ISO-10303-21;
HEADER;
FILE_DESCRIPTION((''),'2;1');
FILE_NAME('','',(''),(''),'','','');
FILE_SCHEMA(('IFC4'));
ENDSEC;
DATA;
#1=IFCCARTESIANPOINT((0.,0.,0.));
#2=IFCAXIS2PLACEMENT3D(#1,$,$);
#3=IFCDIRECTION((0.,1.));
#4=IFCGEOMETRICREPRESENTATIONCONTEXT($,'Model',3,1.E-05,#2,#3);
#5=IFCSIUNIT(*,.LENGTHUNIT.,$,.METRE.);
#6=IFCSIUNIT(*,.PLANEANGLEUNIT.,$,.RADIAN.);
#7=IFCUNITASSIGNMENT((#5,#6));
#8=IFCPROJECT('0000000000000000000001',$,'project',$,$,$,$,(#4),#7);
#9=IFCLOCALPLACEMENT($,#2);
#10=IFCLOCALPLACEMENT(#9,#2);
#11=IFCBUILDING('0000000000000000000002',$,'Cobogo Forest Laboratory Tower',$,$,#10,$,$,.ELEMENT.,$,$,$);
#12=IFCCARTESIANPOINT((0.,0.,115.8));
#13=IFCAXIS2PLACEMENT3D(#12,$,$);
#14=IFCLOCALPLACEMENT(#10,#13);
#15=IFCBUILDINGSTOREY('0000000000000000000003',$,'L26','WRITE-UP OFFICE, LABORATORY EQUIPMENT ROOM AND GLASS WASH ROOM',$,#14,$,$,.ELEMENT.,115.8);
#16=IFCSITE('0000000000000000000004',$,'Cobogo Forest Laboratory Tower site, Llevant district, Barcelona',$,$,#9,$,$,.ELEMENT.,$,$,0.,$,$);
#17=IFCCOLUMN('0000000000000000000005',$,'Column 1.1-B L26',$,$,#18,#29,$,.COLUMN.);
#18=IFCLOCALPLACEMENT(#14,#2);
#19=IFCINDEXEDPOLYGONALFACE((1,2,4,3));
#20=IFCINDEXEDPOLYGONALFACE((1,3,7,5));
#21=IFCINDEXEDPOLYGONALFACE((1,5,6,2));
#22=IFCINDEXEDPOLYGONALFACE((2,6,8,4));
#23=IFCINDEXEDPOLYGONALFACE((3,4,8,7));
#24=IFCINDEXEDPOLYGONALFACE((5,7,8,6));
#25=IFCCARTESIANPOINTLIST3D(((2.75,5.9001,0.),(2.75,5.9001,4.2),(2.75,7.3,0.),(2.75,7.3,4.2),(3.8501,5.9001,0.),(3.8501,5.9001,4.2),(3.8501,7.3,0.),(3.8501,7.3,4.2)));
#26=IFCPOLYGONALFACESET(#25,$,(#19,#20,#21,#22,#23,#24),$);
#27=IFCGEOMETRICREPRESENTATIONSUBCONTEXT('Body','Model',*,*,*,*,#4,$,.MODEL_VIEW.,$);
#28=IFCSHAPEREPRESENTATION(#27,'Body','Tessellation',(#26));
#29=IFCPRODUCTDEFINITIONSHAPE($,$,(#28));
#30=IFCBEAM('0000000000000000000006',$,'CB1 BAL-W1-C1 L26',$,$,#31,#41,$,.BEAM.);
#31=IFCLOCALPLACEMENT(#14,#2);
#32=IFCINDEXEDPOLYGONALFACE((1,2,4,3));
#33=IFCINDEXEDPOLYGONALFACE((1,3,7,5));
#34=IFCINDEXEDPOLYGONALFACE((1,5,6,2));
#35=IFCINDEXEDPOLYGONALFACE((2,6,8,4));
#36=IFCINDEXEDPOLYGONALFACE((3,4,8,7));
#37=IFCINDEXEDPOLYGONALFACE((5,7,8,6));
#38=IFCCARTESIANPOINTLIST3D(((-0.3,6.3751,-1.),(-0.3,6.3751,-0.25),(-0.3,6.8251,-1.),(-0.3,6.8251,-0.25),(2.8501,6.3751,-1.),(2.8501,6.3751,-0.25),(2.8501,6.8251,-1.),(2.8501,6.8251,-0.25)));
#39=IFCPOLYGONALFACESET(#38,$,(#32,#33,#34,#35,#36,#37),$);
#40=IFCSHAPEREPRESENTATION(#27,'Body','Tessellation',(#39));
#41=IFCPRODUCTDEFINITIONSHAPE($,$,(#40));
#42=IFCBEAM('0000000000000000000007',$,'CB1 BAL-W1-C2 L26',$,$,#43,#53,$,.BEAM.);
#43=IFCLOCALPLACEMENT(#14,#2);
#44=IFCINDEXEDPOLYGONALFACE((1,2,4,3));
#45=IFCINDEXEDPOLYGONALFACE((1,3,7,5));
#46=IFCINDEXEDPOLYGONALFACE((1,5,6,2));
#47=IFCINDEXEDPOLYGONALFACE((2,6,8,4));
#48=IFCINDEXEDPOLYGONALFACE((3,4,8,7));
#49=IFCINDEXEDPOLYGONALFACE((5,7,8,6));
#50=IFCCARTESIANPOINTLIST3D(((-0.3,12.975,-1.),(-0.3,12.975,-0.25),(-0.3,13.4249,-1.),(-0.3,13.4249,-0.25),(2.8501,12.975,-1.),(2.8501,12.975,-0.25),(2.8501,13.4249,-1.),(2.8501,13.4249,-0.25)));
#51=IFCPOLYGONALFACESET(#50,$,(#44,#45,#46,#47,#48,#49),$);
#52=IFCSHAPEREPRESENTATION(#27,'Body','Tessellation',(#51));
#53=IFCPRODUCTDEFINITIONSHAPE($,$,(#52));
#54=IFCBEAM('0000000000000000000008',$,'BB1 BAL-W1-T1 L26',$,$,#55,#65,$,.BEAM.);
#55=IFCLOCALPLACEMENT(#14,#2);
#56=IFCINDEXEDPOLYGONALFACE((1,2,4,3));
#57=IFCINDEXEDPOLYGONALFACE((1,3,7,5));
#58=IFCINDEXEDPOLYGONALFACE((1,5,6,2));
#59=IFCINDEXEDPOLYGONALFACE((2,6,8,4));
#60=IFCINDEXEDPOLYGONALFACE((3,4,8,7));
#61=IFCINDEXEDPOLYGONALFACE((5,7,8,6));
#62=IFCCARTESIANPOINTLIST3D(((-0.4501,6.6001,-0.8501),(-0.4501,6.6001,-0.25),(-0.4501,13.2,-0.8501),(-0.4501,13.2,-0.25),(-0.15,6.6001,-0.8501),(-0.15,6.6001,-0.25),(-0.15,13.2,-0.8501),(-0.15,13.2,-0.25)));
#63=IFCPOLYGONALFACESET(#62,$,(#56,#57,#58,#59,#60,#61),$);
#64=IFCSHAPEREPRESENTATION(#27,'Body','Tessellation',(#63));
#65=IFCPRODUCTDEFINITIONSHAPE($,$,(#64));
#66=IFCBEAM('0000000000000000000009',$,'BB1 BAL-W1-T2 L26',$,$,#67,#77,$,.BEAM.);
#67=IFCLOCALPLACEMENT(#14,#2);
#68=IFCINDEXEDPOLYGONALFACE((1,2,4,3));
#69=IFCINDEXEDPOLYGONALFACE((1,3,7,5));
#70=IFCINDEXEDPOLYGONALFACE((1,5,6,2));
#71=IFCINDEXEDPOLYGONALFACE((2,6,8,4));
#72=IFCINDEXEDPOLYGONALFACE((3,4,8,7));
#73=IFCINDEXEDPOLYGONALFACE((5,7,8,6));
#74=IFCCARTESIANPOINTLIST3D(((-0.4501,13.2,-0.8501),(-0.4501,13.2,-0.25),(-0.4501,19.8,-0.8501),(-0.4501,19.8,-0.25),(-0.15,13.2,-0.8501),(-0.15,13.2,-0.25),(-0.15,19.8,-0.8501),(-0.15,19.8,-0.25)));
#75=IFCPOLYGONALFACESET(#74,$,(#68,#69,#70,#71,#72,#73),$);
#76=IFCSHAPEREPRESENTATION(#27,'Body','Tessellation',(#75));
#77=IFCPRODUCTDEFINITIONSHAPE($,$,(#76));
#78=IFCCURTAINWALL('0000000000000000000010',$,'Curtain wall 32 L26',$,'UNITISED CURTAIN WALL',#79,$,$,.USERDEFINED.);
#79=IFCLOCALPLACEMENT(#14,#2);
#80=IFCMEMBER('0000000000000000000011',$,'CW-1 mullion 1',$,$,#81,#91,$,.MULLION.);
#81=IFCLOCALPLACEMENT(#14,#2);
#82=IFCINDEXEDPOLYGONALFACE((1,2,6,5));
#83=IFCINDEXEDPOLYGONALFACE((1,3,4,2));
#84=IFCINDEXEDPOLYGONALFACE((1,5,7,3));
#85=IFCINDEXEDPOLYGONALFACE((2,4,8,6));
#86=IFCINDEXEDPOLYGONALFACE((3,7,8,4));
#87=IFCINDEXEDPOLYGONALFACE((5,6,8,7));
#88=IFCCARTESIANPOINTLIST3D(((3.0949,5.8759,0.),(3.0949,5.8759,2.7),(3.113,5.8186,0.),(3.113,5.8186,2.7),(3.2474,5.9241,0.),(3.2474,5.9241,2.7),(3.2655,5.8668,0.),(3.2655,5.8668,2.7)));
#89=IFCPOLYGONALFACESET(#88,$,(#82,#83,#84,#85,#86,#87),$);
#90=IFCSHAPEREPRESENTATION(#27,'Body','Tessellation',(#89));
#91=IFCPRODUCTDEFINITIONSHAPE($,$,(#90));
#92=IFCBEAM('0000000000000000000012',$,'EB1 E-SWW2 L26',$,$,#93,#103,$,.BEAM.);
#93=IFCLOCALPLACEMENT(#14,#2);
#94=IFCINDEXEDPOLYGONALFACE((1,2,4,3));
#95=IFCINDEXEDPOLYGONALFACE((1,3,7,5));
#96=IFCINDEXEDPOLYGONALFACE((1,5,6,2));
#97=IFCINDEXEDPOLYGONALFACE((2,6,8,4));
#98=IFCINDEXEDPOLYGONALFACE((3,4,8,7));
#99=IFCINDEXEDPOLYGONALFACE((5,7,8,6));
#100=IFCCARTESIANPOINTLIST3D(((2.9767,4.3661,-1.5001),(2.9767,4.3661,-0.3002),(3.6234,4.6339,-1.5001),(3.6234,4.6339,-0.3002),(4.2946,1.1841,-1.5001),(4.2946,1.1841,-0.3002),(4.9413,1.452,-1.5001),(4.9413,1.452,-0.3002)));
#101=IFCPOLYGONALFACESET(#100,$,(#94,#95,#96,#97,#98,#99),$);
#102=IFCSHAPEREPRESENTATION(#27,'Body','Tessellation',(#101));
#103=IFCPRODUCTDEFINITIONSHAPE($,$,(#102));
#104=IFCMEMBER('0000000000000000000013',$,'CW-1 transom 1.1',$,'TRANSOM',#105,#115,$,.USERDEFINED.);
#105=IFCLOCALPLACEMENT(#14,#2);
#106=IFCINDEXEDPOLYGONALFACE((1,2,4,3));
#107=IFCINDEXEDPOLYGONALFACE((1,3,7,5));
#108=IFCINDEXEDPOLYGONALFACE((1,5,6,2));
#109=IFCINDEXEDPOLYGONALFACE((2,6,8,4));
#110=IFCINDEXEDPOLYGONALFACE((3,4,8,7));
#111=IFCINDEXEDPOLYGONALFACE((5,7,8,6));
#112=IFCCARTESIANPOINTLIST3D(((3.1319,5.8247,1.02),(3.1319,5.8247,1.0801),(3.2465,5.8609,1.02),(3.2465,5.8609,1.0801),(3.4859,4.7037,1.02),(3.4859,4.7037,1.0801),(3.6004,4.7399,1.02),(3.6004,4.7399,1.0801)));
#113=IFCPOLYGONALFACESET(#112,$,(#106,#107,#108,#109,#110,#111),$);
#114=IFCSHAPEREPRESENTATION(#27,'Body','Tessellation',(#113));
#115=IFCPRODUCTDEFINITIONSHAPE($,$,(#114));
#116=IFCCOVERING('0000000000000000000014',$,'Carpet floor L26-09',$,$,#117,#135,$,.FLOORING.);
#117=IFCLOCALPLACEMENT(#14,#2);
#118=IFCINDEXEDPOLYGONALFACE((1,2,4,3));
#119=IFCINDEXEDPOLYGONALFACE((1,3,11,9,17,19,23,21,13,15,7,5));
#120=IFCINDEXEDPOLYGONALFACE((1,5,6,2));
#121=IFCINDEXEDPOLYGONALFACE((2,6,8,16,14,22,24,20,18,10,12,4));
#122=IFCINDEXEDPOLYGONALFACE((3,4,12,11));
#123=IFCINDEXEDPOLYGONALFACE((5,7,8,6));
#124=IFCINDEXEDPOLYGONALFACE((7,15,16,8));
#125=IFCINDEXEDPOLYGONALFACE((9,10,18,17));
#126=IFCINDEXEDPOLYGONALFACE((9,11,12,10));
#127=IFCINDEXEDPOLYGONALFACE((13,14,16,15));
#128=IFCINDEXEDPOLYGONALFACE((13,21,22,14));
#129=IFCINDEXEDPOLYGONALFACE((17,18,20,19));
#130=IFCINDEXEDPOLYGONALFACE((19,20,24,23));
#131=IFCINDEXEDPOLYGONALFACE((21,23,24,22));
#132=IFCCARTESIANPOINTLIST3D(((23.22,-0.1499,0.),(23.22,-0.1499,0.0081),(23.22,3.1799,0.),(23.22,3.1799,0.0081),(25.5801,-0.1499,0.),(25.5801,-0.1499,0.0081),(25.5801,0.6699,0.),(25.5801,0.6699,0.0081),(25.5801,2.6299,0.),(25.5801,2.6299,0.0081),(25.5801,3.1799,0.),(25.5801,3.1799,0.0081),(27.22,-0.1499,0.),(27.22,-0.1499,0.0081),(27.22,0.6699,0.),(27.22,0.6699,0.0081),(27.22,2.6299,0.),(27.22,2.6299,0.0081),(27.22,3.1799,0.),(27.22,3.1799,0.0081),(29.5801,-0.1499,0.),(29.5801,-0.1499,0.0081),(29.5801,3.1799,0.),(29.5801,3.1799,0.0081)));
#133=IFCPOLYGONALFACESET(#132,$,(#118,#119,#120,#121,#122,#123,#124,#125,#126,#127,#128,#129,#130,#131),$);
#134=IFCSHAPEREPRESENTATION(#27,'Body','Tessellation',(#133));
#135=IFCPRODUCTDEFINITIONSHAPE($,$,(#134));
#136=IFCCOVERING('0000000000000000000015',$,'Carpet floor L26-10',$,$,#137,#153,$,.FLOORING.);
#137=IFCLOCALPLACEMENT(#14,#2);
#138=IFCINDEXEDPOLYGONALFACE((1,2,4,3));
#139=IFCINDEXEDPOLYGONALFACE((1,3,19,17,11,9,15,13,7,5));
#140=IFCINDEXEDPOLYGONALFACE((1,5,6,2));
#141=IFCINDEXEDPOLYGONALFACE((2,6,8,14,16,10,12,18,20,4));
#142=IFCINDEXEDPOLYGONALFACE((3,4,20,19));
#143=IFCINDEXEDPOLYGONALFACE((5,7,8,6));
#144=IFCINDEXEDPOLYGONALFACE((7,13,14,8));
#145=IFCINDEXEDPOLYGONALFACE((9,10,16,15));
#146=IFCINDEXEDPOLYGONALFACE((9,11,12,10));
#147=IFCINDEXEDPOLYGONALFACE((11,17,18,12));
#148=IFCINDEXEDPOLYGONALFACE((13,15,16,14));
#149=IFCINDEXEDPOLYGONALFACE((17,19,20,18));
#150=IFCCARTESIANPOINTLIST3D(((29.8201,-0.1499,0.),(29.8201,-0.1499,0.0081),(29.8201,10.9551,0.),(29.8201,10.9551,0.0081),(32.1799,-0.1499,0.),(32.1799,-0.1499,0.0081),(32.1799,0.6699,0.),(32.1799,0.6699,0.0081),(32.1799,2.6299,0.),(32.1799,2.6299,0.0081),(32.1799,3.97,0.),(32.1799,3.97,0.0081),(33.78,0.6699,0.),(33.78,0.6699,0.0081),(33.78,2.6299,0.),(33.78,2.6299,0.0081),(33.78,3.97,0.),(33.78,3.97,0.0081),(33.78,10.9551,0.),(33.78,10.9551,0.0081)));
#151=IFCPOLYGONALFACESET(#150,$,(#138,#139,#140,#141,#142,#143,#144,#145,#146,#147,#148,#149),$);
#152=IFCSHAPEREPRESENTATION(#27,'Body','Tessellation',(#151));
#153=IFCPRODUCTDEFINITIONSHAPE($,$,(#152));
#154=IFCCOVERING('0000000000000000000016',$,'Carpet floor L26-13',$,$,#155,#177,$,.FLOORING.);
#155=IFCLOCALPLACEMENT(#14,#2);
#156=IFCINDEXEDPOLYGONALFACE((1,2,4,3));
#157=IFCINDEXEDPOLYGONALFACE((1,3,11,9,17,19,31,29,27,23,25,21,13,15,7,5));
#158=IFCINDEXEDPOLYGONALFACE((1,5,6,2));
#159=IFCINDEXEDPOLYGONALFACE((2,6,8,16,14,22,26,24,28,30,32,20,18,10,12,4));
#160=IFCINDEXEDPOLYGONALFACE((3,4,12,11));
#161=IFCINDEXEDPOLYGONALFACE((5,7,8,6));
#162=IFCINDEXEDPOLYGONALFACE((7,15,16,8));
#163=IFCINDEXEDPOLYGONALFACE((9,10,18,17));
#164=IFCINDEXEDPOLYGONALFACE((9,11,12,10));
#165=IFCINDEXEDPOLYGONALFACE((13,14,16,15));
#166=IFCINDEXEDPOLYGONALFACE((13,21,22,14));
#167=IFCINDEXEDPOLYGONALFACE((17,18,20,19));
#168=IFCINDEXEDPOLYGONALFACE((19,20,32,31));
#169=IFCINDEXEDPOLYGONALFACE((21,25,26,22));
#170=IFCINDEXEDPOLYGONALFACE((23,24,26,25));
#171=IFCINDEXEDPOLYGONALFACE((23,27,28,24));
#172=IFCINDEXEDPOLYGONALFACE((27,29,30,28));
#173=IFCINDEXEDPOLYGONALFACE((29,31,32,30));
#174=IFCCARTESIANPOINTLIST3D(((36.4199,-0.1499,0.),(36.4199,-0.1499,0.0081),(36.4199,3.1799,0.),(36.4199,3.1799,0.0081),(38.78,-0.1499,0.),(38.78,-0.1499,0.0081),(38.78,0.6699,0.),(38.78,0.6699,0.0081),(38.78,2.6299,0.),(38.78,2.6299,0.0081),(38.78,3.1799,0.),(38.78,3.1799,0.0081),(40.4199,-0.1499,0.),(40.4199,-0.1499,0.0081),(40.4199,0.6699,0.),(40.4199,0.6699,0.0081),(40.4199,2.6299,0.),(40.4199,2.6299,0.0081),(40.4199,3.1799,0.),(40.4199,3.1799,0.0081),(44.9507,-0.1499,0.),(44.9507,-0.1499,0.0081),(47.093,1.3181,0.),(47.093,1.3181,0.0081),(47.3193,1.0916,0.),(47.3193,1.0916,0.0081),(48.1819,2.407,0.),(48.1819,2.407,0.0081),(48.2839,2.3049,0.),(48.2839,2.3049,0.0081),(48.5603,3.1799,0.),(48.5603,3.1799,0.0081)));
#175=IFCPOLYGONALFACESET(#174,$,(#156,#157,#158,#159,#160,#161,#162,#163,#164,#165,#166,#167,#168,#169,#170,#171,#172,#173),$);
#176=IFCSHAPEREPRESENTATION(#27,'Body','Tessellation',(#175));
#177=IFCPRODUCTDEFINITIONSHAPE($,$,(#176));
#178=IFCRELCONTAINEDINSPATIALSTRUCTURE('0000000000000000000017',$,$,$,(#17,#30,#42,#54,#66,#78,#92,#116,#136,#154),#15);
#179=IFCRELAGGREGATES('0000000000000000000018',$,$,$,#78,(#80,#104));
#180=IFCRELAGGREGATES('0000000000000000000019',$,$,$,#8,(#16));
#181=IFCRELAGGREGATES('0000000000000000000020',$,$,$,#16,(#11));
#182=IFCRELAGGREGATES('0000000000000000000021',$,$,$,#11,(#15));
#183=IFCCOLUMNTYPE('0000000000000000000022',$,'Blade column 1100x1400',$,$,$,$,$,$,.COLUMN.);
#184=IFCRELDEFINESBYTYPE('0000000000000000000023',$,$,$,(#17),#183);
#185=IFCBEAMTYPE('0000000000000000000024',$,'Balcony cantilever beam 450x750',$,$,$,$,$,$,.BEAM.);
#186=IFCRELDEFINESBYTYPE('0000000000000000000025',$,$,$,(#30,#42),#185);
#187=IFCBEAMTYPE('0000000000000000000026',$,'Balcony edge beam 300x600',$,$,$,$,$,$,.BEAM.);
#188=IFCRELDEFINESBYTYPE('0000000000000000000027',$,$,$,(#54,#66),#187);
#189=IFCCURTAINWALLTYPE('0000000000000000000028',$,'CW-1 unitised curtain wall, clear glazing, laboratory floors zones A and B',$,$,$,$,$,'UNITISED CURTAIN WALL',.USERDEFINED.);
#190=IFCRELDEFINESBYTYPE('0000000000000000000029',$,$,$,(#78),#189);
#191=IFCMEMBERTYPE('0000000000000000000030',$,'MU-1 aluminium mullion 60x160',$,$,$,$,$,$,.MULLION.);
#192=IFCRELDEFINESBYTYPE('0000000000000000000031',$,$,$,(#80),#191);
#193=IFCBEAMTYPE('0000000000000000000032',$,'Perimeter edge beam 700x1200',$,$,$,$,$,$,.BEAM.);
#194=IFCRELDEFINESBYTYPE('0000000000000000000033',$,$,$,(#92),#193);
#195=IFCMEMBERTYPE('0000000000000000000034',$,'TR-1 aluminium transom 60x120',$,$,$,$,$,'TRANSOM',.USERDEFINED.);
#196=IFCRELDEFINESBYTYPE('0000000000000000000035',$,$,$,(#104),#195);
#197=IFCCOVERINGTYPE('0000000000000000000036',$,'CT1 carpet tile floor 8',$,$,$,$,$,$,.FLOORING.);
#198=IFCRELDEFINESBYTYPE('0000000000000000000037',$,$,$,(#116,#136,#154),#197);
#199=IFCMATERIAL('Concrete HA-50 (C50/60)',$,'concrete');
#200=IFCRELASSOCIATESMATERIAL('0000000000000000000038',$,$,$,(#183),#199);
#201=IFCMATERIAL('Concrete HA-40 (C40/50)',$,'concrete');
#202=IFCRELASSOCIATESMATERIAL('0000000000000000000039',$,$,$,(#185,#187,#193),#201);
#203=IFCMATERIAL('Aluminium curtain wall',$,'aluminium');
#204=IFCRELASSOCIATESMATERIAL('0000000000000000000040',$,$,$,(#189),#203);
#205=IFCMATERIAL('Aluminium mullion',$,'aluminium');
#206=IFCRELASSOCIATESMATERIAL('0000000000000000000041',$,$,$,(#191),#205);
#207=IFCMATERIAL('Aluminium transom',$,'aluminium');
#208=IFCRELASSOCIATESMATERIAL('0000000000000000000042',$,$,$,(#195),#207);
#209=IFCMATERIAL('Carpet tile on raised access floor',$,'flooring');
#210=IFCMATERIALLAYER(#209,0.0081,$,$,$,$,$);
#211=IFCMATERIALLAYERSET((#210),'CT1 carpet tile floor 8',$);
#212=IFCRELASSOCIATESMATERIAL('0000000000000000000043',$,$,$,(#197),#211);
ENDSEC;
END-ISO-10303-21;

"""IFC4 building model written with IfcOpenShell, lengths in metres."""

from ifc_helpers import new_model, si_unit, direction, frame, origin, origin_2d, place, context, subcontext, project, spatial, polyline, rectangle, outline, extrude, material, layer, layer_set, material_profile, profile_set, type_object, element, aggregate, save


model = new_model("IFC4")

# Units and contexts
model_context = context("Model", 3, precision=1e-05, world=origin(), true_north=direction((0.0, 1.0)))
body_context = subcontext(model_context, "Body", "Model", "MODEL_VIEW")
ifc_project = project(units=[si_unit("LENGTHUNIT", "METRE"), si_unit("PLANEANGLEUNIT", "RADIAN")], contexts=[model_context])

# Site, building, storey
site_placement = place(None, origin())
site = spatial("IfcSite", under=ifc_project, at=site_placement, Name="Cobogo Forest Laboratory Tower site, Llevant district, Barcelona", CompositionType="ELEMENT", RefElevation=0.0)
building_placement = place(site_placement, origin())
building = spatial("IfcBuilding", under=site, at=building_placement, Name="Cobogo Forest Laboratory Tower", CompositionType="ELEMENT")
storey_placement = place(building_placement, frame((0.0, 0.0, 115.8)))
storey = spatial("IfcBuildingStorey", under=building, at=storey_placement, Name="L26", Description="WRITE-UP OFFICE, LABORATORY EQUIPMENT ROOM AND GLASS WASH ROOM", CompositionType="ELEMENT", Elevation=115.8)

# Column
ifc_material_1 = material(Name="Concrete HA-50 (C50/60)", Category="concrete")
ifc_material_profile_1 = material_profile(ifc_material_1, rectangle(XDim=1.3999, YDim=1.1001, at=origin_2d()), Name="RC 1100x1400")
ifc_profile_set_1 = profile_set([ifc_material_profile_1], Name="Concrete HA-50 (C50/60)")
column_type = type_object("IfcColumnType", Name="Blade column 1100x1400", PredefinedType="COLUMN", material=ifc_profile_set_1)
column_placement = place(storey_placement, frame((3.3, 6.6001, 0.0), z_axis=(0.0, 0.0, 1.0), x_axis=(0.0, 1.0, 0.0)))
element("IfcColumn", 1, at=column_placement, inside=storey, type_object=column_type, Name="Column 1.1-B L26", PredefinedType="COLUMN", context=body_context, shape_type="SweptSolid", body=[
    extrude(rectangle(XDim=1.3999, YDim=1.1001, at=origin_2d()), origin(), (0.0, 0.0, 1.0), 4.2),
])

# Beams
ifc_material_2 = material(Name="Concrete HA-40 (C40/50)", Category="concrete")
ifc_material_profile_2 = material_profile(ifc_material_2, rectangle(XDim=0.45, YDim=0.75, at=origin_2d()), Name="RC 450x750")
ifc_profile_set_2 = profile_set([ifc_material_profile_2], Name="Concrete HA-40 (C40/50)")
beam_type_1 = type_object("IfcBeamType", Name="Balcony cantilever beam 450x750", PredefinedType="BEAM", material=ifc_profile_set_2)
for number, where, z_axis, x_axis, name in (
    (2, (2.8501, 6.6001, -0.625), (-1.0, 0.0, 0.0), (0.0, -1.0, 0.0), "CB1 BAL-W1-C1 L26"),
    (3, (2.8501, 13.2, -0.625), (-1.0, 0.0, 0.0), (0.0, -1.0, 0.0), "CB1 BAL-W1-C2 L26"),
):
    element("IfcBeam", number, at=place(storey_placement, frame(where, z_axis=z_axis, x_axis=x_axis)), inside=storey, type_object=beam_type_1, Name=name, PredefinedType="BEAM", context=body_context, shape_type="SweptSolid", body=[
        extrude(rectangle(XDim=0.45, YDim=0.75, at=origin_2d()), origin(), (0.0, 0.0, 1.0), 3.1501),
    ])
ifc_material_profile_3 = material_profile(ifc_material_2, rectangle(XDim=0.3, YDim=0.6001, at=origin_2d()), Name="RC 300x600")
ifc_profile_set_3 = profile_set([ifc_material_profile_3], Name="Concrete HA-40 (C40/50)")
beam_type_2 = type_object("IfcBeamType", Name="Balcony edge beam 300x600", PredefinedType="BEAM", material=ifc_profile_set_3)
beam_1_placement = place(storey_placement, frame((-0.3, 6.6001, -0.55), z_axis=(0.0, 1.0, 0.0), x_axis=(-1.0, 0.0, 0.0)))
element("IfcBeam", 4, at=beam_1_placement, inside=storey, type_object=beam_type_2, Name="BB1 BAL-W1-T1 L26", PredefinedType="BEAM", context=body_context, shape_type="SweptSolid", body=[
    extrude(rectangle(XDim=0.3, YDim=0.6001, at=origin_2d()), origin(), (0.0, 0.0, 1.0), 6.5999),
])
beam_2_placement = place(storey_placement, frame((-0.3, 13.2, -0.55), z_axis=(0.0, 1.0, 0.0), x_axis=(-1.0, 0.0, 0.0)))
element("IfcBeam", 5, at=beam_2_placement, inside=storey, type_object=beam_type_2, Name="BB1 BAL-W1-T2 L26", PredefinedType="BEAM", context=body_context, shape_type="SweptSolid", body=[
    extrude(rectangle(XDim=0.3, YDim=0.6001, at=origin_2d()), origin(), (0.0, 0.0, 1.0), 6.6001),
])

# Curtain wall, member
ifc_material_3 = material(Name="Aluminium curtain wall", Category="aluminium")
curtain_wall_type = type_object("IfcCurtainWallType", Name="CW-1 unitised curtain wall, clear glazing, laboratory floors zones A and B", ElementType="UNITISED CURTAIN WALL", PredefinedType="USERDEFINED", material=ifc_material_3)
curtain_wall_placement = place(storey_placement, origin())
curtain_wall = element("IfcCurtainWall", 6, at=curtain_wall_placement, inside=storey, type_object=curtain_wall_type, Name="Curtain wall 32 L26", ObjectType="UNITISED CURTAIN WALL", PredefinedType="USERDEFINED")
ifc_material_4 = material(Name="Aluminium mullion", Category="aluminium")
ifc_material_profile_4 = material_profile(ifc_material_4, rectangle(XDim=0.0601, YDim=0.1599, at=origin_2d()), Name="AL 60x160")
ifc_profile_set_4 = profile_set([ifc_material_profile_4], Name="Aluminium mullion")
member_type_1 = type_object("IfcMemberType", Name="MU-1 aluminium mullion 60x160", PredefinedType="MULLION", material=ifc_profile_set_4)
member_1_placement = place(storey_placement, frame((3.1802, 5.8713, 0.0), z_axis=(0.0, 0.0, 1.0), x_axis=(0.301135, -0.953581, 0.0)))
member_1 = element("IfcMember", 7, at=member_1_placement, type_object=member_type_1, Name="CW-1 mullion 1", PredefinedType="MULLION", context=body_context, shape_type="SweptSolid", body=[
    extrude(rectangle(XDim=0.0601, YDim=0.1599, at=origin_2d()), origin(), (0.0, 0.0, 1.0), 2.7),
])

# Beam
ifc_material_profile_5 = material_profile(ifc_material_2, rectangle(XDim=0.7, YDim=1.2, at=origin_2d()), Name="RC 700x1200")
ifc_profile_set_5 = profile_set([ifc_material_profile_5], Name="Concrete HA-40 (C40/50)")
beam_type_3 = type_object("IfcBeamType", Name="Perimeter edge beam 700x1200", PredefinedType="BEAM", material=ifc_profile_set_5)
beam_3_placement = place(storey_placement, frame((3.3, 4.5, -0.9001), z_axis=(0.382656, -0.923891, 0.0), x_axis=(0.923891, 0.382656, 0.0)))
element("IfcBeam", 8, at=beam_3_placement, inside=storey, type_object=beam_type_3, Name="EB1 E-SWW2 L26", PredefinedType="BEAM", context=body_context, shape_type="SweptSolid", body=[
    extrude(rectangle(XDim=0.7, YDim=1.2, at=origin_2d()), origin(), (0.0, 0.0, 1.0), 3.4441),
])

# Member
ifc_material_5 = material(Name="Aluminium transom", Category="aluminium")
ifc_material_profile_6 = material_profile(ifc_material_5, rectangle(XDim=0.1201, YDim=0.0601, at=origin_2d()), Name="AL 60x120")
ifc_profile_set_6 = profile_set([ifc_material_profile_6], Name="Aluminium transom")
member_type_2 = type_object("IfcMemberType", Name="TR-1 aluminium transom 60x120", ElementType="TRANSOM", PredefinedType="USERDEFINED", material=ifc_profile_set_6)
member_2_placement = place(storey_placement, frame((3.1892, 5.8428, 1.05), z_axis=(0.301111, -0.953589, 0.0), x_axis=(0.953589, 0.301111, 0.0)))
member_2 = element("IfcMember", 9, at=member_2_placement, type_object=member_type_2, Name="CW-1 transom 1.1", ObjectType="TRANSOM", PredefinedType="USERDEFINED", context=body_context, shape_type="SweptSolid", body=[
    extrude(rectangle(XDim=0.1201, YDim=0.0601, at=origin_2d()), origin(), (0.0, 0.0, 1.0), 1.1755),
])
aggregate(curtain_wall, [member_1, member_2])

# Coverings
ifc_material_6 = material(Name="Carpet tile on raised access floor", Category="flooring")
ifc_layer_1 = layer(ifc_material_6, 0.0081)
ifc_layer_set_1 = layer_set([ifc_layer_1], Name="CT1 carpet tile floor 8")
covering_type_1 = type_object("IfcCoveringType", Name="CT1 carpet tile floor 8", PredefinedType="FLOORING", material=ifc_layer_set_1)
covering_1_placement = place(storey_placement, origin())
element("IfcCovering", 10, at=covering_1_placement, inside=storey, type_object=covering_type_1, Name="Carpet floor L26-09", PredefinedType="FLOORING", context=body_context, shape_type="SweptSolid", body=[
    extrude(outline(polyline([(25.5801, 3.1799), (25.5801, 2.6299), (27.22, 2.6299), (27.22, 3.1799), (29.5801, 3.1799), (29.5801, -0.1499), (27.22, -0.1499), (27.22, 0.6699), (25.5801, 0.6699), (25.5801, -0.1499), (23.22, -0.1499), (23.22, 3.1799), (25.5801, 3.1799)])), origin(), (0.0, 0.0, 1.0), 0.0081),
])
covering_2_placement = place(storey_placement, origin())
element("IfcCovering", 11, at=covering_2_placement, inside=storey, type_object=covering_type_1, Name="Carpet floor L26-10", PredefinedType="FLOORING", context=body_context, shape_type="SweptSolid", body=[
    extrude(outline(polyline([(32.1799, 3.97), (32.1799, 2.6299), (33.78, 2.6299), (33.78, 0.6699), (32.1799, 0.6699), (32.1799, -0.1499), (29.8201, -0.1499), (29.8201, 10.9551), (33.78, 10.9551), (33.78, 3.97), (32.1799, 3.97)])), origin(), (0.0, 0.0, 1.0), 0.0081),
])
covering_3_placement = place(storey_placement, origin())
element("IfcCovering", 12, at=covering_3_placement, inside=storey, type_object=covering_type_1, Name="Carpet floor L26-13", PredefinedType="FLOORING", context=body_context, shape_type="SweptSolid", body=[
    extrude(outline(polyline([(38.78, 3.1799), (38.78, 2.6299), (40.4199, 2.6299), (40.4199, 3.1799), (48.5603, 3.1799), (48.2839, 2.3049), (48.1819, 2.407), (47.093, 1.3181), (47.3193, 1.0916), (44.9507, -0.1499), (40.4199, -0.1499), (40.4199, 0.6699), (38.78, 0.6699), (38.78, -0.1499), (36.4199, -0.1499), (36.4199, 3.1799), (38.78, 3.1799)])), origin(), (0.0, 0.0, 1.0), 0.0081),
])

save(model, "model.ifc")
